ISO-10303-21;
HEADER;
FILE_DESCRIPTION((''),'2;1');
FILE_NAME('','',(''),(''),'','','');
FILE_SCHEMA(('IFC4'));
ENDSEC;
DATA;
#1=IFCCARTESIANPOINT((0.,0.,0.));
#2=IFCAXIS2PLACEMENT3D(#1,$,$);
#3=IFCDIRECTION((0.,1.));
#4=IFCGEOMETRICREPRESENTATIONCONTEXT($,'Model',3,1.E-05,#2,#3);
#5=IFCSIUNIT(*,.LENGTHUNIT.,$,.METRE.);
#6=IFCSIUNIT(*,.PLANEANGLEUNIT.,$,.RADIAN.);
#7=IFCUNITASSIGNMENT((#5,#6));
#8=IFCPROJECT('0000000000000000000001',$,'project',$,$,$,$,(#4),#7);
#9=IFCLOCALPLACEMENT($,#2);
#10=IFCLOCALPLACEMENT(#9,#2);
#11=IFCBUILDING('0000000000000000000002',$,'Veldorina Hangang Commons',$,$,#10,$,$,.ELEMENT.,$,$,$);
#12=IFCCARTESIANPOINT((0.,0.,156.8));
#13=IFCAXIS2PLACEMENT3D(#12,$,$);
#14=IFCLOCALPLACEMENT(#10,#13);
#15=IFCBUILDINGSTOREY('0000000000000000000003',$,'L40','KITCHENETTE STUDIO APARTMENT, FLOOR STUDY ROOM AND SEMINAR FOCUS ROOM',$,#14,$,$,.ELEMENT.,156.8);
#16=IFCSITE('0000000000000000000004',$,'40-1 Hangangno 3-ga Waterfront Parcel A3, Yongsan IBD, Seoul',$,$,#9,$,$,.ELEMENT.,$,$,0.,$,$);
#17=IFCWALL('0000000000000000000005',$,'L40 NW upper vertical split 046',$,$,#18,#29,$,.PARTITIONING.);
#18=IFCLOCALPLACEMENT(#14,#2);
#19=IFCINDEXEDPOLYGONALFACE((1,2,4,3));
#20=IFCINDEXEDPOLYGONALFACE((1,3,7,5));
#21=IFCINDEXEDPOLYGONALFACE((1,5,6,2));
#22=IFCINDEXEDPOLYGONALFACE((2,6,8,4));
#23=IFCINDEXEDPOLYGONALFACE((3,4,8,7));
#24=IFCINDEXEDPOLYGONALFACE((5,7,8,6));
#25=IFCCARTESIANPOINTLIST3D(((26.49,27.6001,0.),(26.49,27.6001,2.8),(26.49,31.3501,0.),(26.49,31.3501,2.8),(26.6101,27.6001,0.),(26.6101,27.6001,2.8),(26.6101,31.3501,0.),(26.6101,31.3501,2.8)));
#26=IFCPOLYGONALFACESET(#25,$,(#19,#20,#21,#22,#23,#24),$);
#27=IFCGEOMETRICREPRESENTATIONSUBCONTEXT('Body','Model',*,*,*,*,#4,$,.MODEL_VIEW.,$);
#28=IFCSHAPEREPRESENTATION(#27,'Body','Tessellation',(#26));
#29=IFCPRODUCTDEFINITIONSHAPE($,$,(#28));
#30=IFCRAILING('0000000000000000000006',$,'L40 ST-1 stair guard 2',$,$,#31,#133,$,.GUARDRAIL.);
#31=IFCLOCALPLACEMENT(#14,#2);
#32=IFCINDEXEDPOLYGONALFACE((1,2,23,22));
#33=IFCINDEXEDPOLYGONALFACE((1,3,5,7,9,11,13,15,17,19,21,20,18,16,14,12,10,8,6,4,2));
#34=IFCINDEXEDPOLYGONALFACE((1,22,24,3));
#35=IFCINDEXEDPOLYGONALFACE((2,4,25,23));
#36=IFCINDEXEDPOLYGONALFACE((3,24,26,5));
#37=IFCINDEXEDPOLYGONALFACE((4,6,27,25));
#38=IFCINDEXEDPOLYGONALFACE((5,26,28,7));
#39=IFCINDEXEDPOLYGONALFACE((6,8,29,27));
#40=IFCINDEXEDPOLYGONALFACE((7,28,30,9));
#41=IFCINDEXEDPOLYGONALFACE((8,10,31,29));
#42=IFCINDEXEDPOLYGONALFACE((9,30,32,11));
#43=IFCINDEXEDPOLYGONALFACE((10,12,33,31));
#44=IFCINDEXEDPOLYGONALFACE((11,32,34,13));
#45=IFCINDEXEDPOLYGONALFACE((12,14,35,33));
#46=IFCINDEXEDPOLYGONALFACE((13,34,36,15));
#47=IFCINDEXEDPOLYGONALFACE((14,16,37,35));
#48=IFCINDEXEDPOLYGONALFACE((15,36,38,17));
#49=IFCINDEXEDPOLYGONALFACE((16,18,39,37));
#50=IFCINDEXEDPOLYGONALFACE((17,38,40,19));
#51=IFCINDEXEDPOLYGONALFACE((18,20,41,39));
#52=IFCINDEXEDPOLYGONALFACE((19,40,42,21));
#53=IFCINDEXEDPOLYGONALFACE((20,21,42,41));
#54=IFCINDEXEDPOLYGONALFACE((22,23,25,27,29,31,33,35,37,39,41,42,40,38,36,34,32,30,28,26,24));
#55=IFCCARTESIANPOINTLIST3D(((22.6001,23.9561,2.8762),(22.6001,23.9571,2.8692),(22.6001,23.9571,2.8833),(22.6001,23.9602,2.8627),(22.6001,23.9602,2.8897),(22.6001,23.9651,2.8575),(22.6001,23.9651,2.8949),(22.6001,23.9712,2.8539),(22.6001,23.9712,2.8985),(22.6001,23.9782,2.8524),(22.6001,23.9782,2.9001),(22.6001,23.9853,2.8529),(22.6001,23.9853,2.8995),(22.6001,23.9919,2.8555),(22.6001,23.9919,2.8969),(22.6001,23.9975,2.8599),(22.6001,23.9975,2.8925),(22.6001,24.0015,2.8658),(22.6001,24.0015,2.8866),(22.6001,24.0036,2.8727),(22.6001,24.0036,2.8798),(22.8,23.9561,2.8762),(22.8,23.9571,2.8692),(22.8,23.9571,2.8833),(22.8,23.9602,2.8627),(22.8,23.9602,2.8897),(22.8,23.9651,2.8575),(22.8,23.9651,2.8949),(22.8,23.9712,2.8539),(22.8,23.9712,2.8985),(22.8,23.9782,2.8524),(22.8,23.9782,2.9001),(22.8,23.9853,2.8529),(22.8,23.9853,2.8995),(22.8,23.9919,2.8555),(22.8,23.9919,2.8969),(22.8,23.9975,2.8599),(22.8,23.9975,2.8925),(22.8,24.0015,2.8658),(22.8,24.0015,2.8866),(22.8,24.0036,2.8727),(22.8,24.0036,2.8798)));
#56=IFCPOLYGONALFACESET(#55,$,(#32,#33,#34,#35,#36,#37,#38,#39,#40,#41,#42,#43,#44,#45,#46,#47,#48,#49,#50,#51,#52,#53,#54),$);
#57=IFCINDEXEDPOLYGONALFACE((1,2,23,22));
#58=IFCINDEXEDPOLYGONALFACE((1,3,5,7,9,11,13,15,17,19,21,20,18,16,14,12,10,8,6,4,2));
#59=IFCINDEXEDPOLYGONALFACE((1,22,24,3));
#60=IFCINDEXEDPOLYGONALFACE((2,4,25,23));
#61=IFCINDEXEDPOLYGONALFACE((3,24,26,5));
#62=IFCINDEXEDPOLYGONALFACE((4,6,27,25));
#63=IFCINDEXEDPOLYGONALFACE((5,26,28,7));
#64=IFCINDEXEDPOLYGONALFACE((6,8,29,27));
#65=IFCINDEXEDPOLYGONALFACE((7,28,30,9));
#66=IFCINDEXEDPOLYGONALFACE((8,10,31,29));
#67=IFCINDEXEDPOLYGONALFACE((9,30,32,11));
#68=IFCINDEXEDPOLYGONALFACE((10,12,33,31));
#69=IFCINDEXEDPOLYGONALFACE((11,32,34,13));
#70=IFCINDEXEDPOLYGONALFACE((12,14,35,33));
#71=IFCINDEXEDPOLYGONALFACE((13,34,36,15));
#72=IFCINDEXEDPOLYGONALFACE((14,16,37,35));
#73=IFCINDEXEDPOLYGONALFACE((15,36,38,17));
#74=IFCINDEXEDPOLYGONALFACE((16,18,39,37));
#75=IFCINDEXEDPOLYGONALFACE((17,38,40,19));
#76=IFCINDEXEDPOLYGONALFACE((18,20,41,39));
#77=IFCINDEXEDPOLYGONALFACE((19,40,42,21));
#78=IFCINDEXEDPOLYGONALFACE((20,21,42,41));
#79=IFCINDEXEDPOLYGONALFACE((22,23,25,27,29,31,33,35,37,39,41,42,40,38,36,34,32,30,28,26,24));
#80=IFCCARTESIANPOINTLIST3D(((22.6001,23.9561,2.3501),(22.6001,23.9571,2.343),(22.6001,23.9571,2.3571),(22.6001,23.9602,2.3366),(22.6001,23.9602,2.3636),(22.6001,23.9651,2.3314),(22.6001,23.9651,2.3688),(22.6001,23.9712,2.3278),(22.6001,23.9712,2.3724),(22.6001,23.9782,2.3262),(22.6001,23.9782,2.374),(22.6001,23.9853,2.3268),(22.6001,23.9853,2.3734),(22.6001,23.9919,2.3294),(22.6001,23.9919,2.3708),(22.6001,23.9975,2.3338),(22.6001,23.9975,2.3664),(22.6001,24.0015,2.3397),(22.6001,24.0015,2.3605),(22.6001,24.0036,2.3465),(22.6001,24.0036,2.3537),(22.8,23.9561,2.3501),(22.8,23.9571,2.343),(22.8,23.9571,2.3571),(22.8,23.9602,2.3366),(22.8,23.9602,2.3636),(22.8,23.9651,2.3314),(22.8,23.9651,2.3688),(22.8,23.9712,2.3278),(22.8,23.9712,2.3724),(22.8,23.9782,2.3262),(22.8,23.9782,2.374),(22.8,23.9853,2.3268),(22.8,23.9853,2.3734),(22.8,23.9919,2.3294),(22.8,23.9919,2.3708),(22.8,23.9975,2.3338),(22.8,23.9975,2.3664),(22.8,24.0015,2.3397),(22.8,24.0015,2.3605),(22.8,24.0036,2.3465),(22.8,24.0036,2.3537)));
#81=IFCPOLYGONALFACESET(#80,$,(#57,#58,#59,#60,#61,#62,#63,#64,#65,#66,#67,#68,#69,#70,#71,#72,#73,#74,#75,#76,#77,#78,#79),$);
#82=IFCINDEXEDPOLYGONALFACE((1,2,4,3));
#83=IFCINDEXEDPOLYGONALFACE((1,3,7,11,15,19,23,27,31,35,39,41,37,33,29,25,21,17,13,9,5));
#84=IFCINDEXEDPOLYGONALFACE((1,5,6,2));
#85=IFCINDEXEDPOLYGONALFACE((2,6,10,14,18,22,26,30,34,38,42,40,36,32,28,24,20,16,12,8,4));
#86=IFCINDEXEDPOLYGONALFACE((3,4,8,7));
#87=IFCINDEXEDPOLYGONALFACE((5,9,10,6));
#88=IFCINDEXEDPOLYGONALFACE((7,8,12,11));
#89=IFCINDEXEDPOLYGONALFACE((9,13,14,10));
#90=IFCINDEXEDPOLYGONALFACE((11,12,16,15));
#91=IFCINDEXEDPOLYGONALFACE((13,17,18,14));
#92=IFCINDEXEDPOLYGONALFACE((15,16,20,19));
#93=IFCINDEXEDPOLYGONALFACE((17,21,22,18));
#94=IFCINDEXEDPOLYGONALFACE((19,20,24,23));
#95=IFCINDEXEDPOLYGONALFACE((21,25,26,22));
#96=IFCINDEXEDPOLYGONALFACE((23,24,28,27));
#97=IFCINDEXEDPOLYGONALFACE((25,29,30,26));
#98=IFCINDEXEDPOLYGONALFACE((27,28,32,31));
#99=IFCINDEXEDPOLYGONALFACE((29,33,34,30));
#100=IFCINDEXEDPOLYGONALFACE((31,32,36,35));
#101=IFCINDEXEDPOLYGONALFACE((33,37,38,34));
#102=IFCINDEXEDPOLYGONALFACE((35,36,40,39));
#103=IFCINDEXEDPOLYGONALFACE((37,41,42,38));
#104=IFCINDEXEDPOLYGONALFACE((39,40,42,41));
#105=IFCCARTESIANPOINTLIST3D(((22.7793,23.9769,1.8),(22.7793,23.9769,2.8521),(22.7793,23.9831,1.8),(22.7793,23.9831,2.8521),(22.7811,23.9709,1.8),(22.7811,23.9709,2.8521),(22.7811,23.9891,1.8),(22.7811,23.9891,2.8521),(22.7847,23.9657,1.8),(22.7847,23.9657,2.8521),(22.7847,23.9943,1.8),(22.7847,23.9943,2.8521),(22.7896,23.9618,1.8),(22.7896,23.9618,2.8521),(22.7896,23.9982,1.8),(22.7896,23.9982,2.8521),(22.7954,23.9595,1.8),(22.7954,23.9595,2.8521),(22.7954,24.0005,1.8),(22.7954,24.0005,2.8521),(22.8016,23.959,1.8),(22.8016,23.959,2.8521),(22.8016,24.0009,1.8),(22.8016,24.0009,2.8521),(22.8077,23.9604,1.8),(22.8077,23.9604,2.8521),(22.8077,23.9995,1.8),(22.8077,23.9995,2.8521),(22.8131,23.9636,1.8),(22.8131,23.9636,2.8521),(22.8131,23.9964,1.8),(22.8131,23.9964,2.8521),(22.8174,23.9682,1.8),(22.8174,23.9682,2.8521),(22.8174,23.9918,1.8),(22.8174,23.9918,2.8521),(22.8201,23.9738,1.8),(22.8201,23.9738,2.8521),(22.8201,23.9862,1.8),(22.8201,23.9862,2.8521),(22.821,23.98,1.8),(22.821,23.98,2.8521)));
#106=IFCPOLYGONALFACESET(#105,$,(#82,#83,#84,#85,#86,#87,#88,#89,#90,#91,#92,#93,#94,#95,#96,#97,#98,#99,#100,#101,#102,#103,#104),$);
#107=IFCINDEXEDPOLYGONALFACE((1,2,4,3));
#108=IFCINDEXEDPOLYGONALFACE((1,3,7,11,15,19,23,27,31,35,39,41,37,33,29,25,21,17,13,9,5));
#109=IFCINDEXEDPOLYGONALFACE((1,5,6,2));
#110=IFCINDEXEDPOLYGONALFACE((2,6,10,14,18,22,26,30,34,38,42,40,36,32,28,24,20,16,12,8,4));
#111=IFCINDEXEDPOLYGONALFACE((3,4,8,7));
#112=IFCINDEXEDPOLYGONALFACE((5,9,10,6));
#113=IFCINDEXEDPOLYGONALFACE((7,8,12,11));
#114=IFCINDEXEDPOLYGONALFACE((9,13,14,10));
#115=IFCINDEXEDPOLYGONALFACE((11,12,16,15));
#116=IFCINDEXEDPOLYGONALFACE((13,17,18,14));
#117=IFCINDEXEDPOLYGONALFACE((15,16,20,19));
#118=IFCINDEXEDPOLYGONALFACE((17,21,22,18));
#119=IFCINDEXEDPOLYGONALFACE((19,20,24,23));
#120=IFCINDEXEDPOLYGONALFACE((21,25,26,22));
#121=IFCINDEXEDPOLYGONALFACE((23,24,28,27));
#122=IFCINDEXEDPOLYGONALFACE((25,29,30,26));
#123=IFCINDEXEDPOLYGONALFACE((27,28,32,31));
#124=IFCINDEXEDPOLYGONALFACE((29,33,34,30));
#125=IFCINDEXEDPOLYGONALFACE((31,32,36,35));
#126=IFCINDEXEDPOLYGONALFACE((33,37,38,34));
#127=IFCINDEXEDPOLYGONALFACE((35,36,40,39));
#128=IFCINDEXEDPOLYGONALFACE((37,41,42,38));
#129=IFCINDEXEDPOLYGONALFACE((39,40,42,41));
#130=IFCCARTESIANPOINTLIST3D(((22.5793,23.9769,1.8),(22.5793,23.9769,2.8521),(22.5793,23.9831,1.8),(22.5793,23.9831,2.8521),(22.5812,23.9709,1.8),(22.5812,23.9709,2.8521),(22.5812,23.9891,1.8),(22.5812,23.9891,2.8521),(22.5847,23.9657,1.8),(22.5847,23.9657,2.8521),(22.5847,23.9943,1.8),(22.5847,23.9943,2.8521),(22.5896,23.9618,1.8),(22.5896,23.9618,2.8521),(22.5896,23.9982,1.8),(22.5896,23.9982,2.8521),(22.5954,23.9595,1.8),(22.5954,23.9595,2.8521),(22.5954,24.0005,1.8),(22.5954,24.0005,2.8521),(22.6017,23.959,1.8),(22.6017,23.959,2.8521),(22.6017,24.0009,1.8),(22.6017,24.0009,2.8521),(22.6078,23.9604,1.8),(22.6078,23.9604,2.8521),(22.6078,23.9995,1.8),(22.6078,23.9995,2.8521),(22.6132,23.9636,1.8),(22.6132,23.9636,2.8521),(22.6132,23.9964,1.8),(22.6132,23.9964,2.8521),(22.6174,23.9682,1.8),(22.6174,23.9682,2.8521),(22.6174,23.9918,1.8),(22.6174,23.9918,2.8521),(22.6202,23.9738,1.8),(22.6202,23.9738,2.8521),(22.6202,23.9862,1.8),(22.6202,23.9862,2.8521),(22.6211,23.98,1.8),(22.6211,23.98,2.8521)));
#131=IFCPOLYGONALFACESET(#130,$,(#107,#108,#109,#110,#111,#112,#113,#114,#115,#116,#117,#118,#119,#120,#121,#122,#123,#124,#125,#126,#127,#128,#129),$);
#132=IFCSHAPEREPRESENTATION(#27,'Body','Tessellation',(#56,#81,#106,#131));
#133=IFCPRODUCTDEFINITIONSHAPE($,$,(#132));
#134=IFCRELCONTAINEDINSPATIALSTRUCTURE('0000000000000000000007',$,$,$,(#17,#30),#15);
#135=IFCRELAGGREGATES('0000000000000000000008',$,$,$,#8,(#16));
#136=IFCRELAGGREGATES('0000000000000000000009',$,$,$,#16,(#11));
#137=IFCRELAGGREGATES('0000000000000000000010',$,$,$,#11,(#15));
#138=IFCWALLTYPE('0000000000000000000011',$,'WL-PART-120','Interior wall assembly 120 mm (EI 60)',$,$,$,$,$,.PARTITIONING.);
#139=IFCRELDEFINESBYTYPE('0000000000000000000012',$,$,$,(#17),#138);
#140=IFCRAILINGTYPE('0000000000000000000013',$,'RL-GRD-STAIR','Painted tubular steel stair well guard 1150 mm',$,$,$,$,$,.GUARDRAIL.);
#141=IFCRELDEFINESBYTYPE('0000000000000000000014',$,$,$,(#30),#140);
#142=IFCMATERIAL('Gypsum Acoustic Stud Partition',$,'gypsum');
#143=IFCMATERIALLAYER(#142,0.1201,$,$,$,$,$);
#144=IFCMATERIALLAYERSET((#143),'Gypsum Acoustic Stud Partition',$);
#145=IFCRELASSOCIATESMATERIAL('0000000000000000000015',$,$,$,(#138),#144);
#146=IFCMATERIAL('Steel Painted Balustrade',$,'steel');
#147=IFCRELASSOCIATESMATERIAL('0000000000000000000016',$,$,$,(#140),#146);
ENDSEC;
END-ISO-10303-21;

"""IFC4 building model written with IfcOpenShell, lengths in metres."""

from ifc_helpers import new_model, si_unit, direction, frame, frame_2d, origin, origin_2d, place, context, subcontext, project, spatial, rectangle, circle, extrude, material, layer, layer_set, type_object, element, save


model = new_model("IFC4")

# Units and contexts
model_context = context("Model", 3, precision=1e-05, world=origin(), true_north=direction((0.0, 1.0)))
body_context = subcontext(model_context, "Body", "Model", "MODEL_VIEW")
ifc_project = project(units=[si_unit("LENGTHUNIT", "METRE"), si_unit("PLANEANGLEUNIT", "RADIAN")], contexts=[model_context])

# Site, building, storey
site_placement = place(None, origin())
site = spatial("IfcSite", under=ifc_project, at=site_placement, Name="40-1 Hangangno 3-ga Waterfront Parcel A3, Yongsan IBD, Seoul", CompositionType="ELEMENT", RefElevation=0.0)
building_placement = place(site_placement, origin())
building = spatial("IfcBuilding", under=site, at=building_placement, Name="Veldorina Hangang Commons", CompositionType="ELEMENT")
storey_placement = place(building_placement, frame((0.0, 0.0, 156.8)))
storey = spatial("IfcBuildingStorey", under=building, at=storey_placement, Name="L40", Description="KITCHENETTE STUDIO APARTMENT, FLOOR STUDY ROOM AND SEMINAR FOCUS ROOM", CompositionType="ELEMENT", Elevation=156.8)

# Shared definitions
ifc_material_1 = material(Name="Gypsum Acoustic Stud Partition", Category="gypsum")
ifc_layer_1 = layer(ifc_material_1, 0.1201)
ifc_layer_set_1 = layer_set([ifc_layer_1], Name="Gypsum Acoustic Stud Partition")
wall_type_1 = type_object("IfcWallType", Name="WL-PART-120", Description="Interior wall assembly 120 mm (EI 60)", PredefinedType="PARTITIONING", material=ifc_layer_set_1)

# Wall
wall_1_placement = place(storey_placement, frame((26.55, 27.6001, 0.0), z_axis=(0.0, 0.0, 1.0), x_axis=(0.0, 1.0, 0.0)))
element("IfcWall", 1, at=wall_1_placement, inside=storey, type_object=wall_type_1, Name="L40 NW upper vertical split 046", PredefinedType="PARTITIONING", context=body_context, shape_type="SweptSolid", body=[
    extrude(rectangle(XDim=3.75, YDim=0.1201, at=frame_2d((1.875, 0.0))), origin(), (0.0, 0.0, 1.0), 2.8),
])

# Railing
ifc_material_2 = material(Name="Steel Painted Balustrade", Category="steel")
railing_type = type_object("IfcRailingType", Name="RL-GRD-STAIR", Description="Painted tubular steel stair well guard 1150 mm", PredefinedType="GUARDRAIL", material=ifc_material_2)
railing_1_placement = place(storey_placement, frame((22.8, 23.98, 1.8)))
element("IfcRailing", 2, at=railing_1_placement, inside=storey, type_object=railing_type, Name="L40 ST-1 stair guard 2", PredefinedType="GUARDRAIL", context=body_context, shape_type="SweptSolid", body=[
    extrude(circle(Radius=0.0239, at=origin_2d()), frame((0.0, 0.0, 1.0762), z_axis=(-1.0, 0.0, 0.0), x_axis=(0.0, -1.0, 0.0)), (0.0, 0.0, 1.0), 0.2),
    extrude(circle(Radius=0.0239, at=origin_2d()), frame((0.0, 0.0, 0.55), z_axis=(-1.0, 0.0, 0.0), x_axis=(0.0, -1.0, 0.0)), (0.0, 0.0, 1.0), 0.2),
    extrude(circle(Radius=0.021, at=origin_2d()), origin(), (0.0, 0.0, 1.0), 1.052),
    extrude(circle(Radius=0.021, at=origin_2d()), frame((-0.2, 0.0, 0.0)), (0.0, 0.0, 1.0), 1.052),
])

save(model, "model.ifc")
